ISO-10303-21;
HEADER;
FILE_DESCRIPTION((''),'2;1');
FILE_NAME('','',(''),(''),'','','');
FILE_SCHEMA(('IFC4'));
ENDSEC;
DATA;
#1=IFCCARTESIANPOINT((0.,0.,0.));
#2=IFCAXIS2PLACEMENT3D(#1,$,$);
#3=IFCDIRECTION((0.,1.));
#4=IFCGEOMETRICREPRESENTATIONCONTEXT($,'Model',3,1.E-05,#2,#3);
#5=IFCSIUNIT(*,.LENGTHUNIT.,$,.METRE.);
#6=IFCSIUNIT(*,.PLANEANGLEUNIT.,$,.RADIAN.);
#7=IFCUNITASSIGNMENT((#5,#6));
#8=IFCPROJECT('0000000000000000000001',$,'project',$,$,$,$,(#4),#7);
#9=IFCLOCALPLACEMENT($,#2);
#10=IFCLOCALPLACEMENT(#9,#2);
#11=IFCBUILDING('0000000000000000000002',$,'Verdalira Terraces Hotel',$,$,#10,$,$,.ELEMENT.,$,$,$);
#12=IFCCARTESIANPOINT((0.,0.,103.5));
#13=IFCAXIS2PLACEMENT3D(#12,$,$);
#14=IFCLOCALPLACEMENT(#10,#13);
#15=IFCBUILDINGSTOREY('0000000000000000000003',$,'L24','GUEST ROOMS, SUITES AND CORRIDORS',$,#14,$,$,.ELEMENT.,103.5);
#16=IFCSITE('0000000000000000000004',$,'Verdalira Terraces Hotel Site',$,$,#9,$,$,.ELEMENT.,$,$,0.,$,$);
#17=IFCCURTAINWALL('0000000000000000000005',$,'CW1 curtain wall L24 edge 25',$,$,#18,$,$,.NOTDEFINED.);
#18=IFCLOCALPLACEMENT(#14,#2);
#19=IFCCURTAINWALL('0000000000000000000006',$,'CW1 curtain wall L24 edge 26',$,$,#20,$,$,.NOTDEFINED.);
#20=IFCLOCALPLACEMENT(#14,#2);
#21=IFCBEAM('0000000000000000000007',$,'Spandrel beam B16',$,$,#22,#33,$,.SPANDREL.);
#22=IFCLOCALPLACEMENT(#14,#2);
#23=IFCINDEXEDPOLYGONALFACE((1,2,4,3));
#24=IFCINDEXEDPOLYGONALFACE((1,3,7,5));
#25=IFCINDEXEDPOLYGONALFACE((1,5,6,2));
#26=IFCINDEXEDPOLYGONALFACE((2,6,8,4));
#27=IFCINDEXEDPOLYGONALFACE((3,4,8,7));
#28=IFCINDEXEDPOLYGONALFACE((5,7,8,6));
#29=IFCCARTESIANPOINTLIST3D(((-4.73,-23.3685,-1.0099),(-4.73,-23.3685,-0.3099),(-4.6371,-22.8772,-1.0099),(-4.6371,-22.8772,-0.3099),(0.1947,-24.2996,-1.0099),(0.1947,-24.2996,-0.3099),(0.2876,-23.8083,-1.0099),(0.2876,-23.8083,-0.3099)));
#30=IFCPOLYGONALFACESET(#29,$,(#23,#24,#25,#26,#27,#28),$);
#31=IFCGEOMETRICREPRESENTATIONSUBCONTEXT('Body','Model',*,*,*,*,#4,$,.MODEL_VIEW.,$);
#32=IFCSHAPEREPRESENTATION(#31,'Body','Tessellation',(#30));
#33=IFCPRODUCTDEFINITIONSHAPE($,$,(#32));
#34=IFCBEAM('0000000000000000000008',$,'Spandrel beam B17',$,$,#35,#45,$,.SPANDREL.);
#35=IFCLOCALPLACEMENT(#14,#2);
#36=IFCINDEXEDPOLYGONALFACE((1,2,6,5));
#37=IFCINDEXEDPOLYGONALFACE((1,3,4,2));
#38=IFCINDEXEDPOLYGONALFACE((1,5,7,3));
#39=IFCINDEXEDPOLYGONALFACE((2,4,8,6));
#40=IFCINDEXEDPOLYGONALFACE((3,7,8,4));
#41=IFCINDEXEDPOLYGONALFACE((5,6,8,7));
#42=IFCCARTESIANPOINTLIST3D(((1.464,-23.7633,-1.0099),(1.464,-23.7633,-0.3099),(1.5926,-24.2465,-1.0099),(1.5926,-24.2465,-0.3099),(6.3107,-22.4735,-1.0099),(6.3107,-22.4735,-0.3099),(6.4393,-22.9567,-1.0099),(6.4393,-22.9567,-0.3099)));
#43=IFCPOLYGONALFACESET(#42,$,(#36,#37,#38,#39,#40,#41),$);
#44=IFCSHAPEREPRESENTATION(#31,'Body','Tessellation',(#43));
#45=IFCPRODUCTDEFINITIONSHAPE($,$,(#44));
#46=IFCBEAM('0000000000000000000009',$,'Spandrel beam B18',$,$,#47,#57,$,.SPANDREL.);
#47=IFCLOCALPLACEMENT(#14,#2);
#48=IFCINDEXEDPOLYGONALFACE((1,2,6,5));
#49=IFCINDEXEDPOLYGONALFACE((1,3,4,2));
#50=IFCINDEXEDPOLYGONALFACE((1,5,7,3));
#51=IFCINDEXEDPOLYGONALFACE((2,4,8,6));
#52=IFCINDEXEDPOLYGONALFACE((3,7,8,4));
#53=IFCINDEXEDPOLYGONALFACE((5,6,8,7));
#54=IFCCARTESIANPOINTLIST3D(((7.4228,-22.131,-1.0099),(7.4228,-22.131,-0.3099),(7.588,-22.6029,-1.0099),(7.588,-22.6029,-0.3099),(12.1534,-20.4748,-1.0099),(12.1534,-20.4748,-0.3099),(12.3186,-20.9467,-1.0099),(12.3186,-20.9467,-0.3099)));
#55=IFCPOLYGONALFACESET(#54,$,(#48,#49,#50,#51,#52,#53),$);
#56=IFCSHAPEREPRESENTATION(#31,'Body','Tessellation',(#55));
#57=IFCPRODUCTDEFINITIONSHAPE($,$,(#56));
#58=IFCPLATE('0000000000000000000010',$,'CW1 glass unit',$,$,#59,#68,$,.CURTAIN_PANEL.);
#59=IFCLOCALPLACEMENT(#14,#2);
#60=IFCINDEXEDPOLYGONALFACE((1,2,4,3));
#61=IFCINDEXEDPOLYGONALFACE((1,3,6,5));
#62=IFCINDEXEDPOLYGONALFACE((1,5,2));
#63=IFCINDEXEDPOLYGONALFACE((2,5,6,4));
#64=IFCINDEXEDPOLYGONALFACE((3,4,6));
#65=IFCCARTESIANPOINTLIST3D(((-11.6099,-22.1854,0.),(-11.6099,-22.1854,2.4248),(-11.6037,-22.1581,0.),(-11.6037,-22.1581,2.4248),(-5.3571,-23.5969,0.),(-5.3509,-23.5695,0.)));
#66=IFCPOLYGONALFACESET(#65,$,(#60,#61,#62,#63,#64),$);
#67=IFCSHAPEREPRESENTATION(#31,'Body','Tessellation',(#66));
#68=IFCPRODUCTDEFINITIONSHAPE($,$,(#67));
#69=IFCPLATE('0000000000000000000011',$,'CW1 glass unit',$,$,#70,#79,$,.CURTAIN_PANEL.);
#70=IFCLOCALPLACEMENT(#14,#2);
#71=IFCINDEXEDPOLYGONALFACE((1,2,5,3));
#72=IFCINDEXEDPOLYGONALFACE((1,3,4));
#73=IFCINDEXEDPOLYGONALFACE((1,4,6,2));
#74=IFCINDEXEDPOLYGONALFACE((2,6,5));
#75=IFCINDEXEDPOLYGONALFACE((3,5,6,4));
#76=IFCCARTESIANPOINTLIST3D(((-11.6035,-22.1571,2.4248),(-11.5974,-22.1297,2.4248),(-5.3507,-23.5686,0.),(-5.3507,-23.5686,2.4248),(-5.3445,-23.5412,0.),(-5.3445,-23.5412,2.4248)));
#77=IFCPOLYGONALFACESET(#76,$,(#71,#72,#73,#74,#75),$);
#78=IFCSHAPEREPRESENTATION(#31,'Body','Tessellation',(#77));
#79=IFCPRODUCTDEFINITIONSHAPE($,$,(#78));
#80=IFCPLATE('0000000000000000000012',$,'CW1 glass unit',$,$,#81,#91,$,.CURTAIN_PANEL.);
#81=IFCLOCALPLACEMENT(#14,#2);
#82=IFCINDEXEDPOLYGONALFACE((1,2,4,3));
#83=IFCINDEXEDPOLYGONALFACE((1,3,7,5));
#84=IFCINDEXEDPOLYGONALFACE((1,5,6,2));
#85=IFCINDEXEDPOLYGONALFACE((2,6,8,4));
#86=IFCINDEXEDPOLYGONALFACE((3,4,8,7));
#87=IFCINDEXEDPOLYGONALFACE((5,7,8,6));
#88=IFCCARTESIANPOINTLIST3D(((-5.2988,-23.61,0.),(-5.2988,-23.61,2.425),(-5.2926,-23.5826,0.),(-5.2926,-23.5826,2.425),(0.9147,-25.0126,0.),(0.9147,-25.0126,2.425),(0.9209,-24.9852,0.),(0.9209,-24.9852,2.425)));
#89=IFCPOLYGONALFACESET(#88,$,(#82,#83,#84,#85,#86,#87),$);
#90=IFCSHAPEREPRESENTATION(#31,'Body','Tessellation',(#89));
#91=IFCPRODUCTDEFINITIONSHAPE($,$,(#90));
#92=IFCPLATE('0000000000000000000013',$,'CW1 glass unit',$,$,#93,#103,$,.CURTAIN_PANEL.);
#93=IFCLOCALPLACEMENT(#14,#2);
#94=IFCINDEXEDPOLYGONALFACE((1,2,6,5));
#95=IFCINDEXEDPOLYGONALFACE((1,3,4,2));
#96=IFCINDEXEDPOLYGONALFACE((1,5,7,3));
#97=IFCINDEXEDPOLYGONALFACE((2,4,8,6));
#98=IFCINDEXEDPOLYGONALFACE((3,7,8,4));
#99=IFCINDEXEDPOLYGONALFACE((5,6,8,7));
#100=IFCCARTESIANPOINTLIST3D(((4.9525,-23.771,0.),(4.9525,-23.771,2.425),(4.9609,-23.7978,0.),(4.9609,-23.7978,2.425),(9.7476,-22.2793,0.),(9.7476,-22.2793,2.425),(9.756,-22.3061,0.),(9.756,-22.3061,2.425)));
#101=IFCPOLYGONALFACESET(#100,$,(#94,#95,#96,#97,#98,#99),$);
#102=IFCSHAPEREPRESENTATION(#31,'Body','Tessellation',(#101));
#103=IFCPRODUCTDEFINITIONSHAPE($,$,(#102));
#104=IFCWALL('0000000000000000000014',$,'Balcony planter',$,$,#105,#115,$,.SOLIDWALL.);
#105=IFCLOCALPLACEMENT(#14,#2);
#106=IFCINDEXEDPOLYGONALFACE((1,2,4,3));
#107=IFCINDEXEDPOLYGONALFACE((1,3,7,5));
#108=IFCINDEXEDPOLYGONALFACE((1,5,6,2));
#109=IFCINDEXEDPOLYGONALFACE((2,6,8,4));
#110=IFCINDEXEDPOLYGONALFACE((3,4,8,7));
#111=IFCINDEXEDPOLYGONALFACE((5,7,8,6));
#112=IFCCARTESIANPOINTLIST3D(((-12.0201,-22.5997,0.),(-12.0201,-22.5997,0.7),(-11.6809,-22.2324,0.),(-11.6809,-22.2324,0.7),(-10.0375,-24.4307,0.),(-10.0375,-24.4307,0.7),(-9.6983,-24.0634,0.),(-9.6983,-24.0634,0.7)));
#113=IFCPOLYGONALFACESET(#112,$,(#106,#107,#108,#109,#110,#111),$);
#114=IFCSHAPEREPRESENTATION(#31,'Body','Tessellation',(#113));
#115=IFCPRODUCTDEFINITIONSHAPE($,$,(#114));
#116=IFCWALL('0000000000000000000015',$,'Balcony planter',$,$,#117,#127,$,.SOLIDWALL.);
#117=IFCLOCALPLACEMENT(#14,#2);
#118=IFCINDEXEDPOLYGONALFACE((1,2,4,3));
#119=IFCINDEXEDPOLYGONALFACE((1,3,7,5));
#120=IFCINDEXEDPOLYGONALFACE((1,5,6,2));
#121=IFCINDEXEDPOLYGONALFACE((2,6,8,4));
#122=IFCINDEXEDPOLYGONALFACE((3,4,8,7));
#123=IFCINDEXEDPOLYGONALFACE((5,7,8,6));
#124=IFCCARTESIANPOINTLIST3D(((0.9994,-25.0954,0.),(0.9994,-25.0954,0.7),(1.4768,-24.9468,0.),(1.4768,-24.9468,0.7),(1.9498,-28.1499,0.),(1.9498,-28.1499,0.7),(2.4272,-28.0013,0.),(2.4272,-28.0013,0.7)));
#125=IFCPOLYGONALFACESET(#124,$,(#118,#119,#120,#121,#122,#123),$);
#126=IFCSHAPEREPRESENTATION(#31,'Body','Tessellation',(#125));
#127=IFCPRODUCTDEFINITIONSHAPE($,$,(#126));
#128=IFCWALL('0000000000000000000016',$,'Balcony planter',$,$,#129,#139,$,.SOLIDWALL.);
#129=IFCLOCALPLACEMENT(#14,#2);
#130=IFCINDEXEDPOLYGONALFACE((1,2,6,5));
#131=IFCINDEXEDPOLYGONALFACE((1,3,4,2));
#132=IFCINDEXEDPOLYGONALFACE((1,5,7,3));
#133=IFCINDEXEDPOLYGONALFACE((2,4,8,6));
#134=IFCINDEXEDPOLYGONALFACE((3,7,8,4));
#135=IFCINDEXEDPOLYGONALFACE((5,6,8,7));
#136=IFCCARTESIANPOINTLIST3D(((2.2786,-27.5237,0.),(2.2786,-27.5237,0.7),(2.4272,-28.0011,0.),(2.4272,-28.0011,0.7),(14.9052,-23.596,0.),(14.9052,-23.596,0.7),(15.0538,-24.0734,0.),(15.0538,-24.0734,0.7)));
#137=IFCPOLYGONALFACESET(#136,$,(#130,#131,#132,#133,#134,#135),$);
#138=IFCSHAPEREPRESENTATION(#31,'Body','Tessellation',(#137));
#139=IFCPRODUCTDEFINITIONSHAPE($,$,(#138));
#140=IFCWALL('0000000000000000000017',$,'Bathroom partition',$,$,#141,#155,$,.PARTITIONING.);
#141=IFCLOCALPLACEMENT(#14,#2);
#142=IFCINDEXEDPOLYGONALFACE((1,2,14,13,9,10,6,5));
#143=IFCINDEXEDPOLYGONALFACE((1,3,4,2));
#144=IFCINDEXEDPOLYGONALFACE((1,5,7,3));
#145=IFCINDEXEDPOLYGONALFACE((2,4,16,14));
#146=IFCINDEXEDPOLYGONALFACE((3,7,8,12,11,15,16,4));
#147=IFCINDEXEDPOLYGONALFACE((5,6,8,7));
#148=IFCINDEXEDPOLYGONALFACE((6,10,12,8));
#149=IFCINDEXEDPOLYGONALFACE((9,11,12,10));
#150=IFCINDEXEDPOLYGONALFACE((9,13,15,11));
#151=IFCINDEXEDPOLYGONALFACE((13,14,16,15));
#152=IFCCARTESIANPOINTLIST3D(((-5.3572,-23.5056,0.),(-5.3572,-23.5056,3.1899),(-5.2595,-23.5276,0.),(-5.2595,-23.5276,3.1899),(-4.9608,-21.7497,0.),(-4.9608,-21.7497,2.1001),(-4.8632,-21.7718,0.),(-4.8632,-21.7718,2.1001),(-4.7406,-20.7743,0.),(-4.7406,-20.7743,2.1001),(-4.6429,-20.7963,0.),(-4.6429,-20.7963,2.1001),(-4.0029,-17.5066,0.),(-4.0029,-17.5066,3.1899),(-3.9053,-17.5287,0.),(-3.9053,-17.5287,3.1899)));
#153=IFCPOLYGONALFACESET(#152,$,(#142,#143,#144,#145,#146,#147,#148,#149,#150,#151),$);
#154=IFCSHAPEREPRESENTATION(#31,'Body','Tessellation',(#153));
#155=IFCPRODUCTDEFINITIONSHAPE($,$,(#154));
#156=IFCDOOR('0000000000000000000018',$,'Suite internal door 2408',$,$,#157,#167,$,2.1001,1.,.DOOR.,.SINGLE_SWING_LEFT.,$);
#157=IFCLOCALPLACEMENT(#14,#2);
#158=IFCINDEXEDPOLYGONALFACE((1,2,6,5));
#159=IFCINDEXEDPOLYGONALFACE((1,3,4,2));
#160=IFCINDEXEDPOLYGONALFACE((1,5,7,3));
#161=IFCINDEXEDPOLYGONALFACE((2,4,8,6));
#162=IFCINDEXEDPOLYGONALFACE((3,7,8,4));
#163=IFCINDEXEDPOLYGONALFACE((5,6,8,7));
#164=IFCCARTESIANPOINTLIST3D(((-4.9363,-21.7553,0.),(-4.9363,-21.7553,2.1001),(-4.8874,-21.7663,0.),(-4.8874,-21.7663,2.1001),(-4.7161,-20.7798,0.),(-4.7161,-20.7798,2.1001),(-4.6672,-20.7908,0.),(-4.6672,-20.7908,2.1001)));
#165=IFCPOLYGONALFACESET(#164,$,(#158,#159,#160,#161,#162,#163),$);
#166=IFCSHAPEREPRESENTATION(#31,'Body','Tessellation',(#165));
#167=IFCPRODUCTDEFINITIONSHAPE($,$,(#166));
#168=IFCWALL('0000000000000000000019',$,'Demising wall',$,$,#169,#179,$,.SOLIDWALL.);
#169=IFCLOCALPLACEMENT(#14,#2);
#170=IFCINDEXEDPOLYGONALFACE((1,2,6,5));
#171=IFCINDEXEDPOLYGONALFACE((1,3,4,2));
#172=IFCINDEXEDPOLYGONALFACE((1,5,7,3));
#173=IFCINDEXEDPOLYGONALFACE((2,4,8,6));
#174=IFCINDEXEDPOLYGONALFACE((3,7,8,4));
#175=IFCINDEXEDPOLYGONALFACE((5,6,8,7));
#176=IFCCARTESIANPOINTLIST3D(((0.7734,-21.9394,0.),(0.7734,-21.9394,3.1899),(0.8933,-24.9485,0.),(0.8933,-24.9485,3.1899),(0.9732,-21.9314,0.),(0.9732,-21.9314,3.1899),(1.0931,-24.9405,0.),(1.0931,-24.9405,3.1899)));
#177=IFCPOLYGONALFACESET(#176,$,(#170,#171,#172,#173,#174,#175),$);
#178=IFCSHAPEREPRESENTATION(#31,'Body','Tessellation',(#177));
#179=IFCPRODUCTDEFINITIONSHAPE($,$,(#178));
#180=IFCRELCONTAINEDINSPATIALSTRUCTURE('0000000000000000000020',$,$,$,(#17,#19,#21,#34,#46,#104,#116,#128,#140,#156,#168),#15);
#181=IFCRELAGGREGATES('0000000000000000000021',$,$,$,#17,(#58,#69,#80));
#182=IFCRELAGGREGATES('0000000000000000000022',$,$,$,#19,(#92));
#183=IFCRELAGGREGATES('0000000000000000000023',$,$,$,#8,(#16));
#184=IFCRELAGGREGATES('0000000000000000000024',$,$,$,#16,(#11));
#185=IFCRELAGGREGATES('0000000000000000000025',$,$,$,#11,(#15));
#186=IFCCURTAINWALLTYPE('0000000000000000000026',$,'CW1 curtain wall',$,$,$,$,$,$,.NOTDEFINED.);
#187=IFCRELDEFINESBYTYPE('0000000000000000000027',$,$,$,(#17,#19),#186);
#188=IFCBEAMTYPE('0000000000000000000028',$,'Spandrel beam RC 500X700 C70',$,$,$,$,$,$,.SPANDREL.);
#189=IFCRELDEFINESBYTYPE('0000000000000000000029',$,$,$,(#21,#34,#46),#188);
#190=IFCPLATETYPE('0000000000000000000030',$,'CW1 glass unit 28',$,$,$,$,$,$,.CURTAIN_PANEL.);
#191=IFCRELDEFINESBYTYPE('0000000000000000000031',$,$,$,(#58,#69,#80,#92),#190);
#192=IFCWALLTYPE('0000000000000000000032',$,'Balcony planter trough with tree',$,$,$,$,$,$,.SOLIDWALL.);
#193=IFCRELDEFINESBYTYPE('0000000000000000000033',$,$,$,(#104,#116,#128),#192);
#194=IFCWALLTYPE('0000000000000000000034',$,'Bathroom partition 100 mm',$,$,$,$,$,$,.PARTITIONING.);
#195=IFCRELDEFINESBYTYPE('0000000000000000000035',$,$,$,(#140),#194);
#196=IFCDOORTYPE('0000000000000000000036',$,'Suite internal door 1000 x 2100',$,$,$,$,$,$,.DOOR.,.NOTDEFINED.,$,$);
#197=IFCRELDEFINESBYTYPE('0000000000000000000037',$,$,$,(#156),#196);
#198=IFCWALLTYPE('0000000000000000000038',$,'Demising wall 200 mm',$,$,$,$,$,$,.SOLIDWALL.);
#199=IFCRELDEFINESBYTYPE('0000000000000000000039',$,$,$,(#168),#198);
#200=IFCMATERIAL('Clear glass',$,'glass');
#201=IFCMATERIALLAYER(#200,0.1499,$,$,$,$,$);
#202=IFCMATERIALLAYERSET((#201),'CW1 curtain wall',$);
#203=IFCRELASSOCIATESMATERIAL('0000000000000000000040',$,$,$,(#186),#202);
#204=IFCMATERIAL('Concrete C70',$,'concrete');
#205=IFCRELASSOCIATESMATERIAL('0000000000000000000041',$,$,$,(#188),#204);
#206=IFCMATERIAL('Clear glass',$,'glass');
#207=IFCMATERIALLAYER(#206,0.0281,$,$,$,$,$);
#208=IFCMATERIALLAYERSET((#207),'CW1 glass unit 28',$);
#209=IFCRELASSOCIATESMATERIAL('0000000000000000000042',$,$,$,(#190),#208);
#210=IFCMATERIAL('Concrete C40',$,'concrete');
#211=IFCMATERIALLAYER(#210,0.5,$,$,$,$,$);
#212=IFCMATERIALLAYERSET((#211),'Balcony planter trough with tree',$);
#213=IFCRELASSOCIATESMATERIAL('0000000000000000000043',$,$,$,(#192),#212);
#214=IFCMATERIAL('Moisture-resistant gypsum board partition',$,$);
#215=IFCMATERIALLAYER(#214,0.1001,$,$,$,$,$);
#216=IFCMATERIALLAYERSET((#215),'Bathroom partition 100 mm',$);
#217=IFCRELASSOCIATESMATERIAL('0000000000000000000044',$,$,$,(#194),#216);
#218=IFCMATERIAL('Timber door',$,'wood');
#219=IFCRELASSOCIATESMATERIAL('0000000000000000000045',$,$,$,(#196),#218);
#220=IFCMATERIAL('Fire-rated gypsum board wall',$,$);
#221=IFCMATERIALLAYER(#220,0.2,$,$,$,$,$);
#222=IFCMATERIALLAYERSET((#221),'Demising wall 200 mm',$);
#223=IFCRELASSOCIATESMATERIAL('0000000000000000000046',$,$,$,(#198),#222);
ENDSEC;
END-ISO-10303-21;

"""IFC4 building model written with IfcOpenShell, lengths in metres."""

from ifc_helpers import new_model, si_unit, direction, frame, frame_2d, origin, origin_2d, place, context, subcontext, project, spatial, polyline, rectangle, outline, extrude, material, layer, layer_set, material_profile, profile_set, type_object, element, fill, aggregate, save


model = new_model("IFC4")

# Units and contexts
model_context = context("Model", 3, precision=1e-05, world=origin(), true_north=direction((0.0, 1.0)))
body_context = subcontext(model_context, "Body", "Model", "MODEL_VIEW")
ifc_project = project(units=[si_unit("LENGTHUNIT", "METRE"), si_unit("PLANEANGLEUNIT", "RADIAN")], contexts=[model_context])

# Site, building, storey
site_placement = place(None, origin())
site = spatial("IfcSite", under=ifc_project, at=site_placement, Name="Verdalira Terraces Hotel Site", CompositionType="ELEMENT", RefElevation=0.0)
building_placement = place(site_placement, origin())
building = spatial("IfcBuilding", under=site, at=building_placement, Name="Verdalira Terraces Hotel", CompositionType="ELEMENT")
storey_placement = place(building_placement, frame((0.0, 0.0, 103.5)))
storey = spatial("IfcBuildingStorey", under=building, at=storey_placement, Name="L24", Description="GUEST ROOMS, SUITES AND CORRIDORS", CompositionType="ELEMENT", Elevation=103.5)

# Curtain walls
ifc_material_1 = material(Name="Clear glass", Category="glass")
ifc_layer_1 = layer(ifc_material_1, 0.1499)
ifc_layer_set_1 = layer_set([ifc_layer_1], Name="CW1 curtain wall")
curtain_wall_type = type_object("IfcCurtainWallType", Name="CW1 curtain wall", PredefinedType="NOTDEFINED", material=ifc_layer_set_1)
curtain_wall_1_placement = place(storey_placement, origin())
curtain_wall_1 = element("IfcCurtainWall", 1, at=curtain_wall_1_placement, inside=storey, type_object=curtain_wall_type, Name="CW1 curtain wall L24 edge 25", PredefinedType="NOTDEFINED")
curtain_wall_2_placement = place(storey_placement, origin())
curtain_wall_2 = element("IfcCurtainWall", 2, at=curtain_wall_2_placement, inside=storey, type_object=curtain_wall_type, Name="CW1 curtain wall L24 edge 26", PredefinedType="NOTDEFINED")

# Beams
ifc_material_2 = material(Name="Concrete C70", Category="concrete")
ifc_material_profile_1 = material_profile(ifc_material_2, rectangle(XDim=0.5, YDim=0.7, at=origin_2d()), Name="RC 500X700")
ifc_profile_set_1 = profile_set([ifc_material_profile_1], Name="Concrete C70")
beam_type_1 = type_object("IfcBeamType", Name="Spandrel beam RC 500X700 C70", PredefinedType="SPANDREL", material=ifc_profile_set_1)
beam_1_placement = place(storey_placement, frame((-4.6836, -23.1228, -0.6599), z_axis=(0.982591, -0.185782, 0.0), x_axis=(0.185782, 0.982591, 0.0)))
element("IfcBeam", 3, at=beam_1_placement, inside=storey, type_object=beam_type_1, Name="Spandrel beam B16", PredefinedType="SPANDREL", context=body_context, shape_type="SweptSolid", body=[
    extrude(rectangle(XDim=0.5, YDim=0.7, at=origin_2d()), origin(), (0.0, 0.0, 1.0), 5.012),
])
beam_2_placement = place(storey_placement, frame((1.5283, -24.0049, -0.6599), z_axis=(0.966367, 0.257169, 0.0), x_axis=(-0.257169, 0.966367, 0.0)))
element("IfcBeam", 4, at=beam_2_placement, inside=storey, type_object=beam_type_1, Name="Spandrel beam B17", PredefinedType="SPANDREL", context=body_context, shape_type="SweptSolid", body=[
    extrude(rectangle(XDim=0.5, YDim=0.7, at=origin_2d()), origin(), (0.0, 0.0, 1.0), 5.0154),
])
beam_3_placement = place(storey_placement, frame((7.5054, -22.3669, -0.6599), z_axis=(0.943827, 0.330439, 0.0), x_axis=(-0.330439, 0.943827, 0.0)))
element("IfcBeam", 5, at=beam_3_placement, inside=storey, type_object=beam_type_1, Name="Spandrel beam B18", PredefinedType="SPANDREL", context=body_context, shape_type="SweptSolid", body=[
    extrude(rectangle(XDim=0.5, YDim=0.7, at=origin_2d()), origin(), (0.0, 0.0, 1.0), 5.0122),
])

# Plates
ifc_material_3 = material(Name="Clear glass", Category="glass")
ifc_layer_2 = layer(ifc_material_3, 0.0281)
ifc_layer_set_2 = layer_set([ifc_layer_2], Name="CW1 glass unit 28")
plate_type = type_object("IfcPlateType", Name="CW1 glass unit 28", PredefinedType="CURTAIN_PANEL", material=ifc_layer_set_2)
plate_1_placement = place(storey_placement, frame((-8.4773, -22.8638, 1.2124), z_axis=(-0.220187, -0.975458, 0.0), x_axis=(0.975458, -0.220187, 0.0)))
plate_1 = element("IfcPlate", 6, at=plate_1_placement, type_object=plate_type, Name="CW1 glass unit", PredefinedType="CURTAIN_PANEL", context=body_context, shape_type="SweptSolid", body=[
    extrude(outline(polyline([(-3.2051, -1.2124), (3.2051, -1.2124), (-3.2051, 1.2124), (-3.2051, -1.2124)])), origin(), (0.0, 0.0, 1.0), 0.0281),
])
plate_2_placement = place(storey_placement, frame((-8.4709, -22.8354, 1.2124), z_axis=(-0.220187, -0.975458, 0.0), x_axis=(0.975458, -0.220187, 0.0)))
plate_2 = element("IfcPlate", 7, at=plate_2_placement, type_object=plate_type, Name="CW1 glass unit", PredefinedType="CURTAIN_PANEL", context=body_context, shape_type="SweptSolid", body=[
    extrude(outline(polyline([(3.2051, -1.2124), (3.2051, 1.2124), (-3.2051, 1.2124), (3.2051, -1.2124)])), origin(), (0.0, 0.0, 1.0), 0.0281),
])
plate_3_placement = place(storey_placement, frame((-2.189, -24.2976, 0.0), z_axis=(0.0, 0.0, 1.0), x_axis=(0.975458, -0.220187, 0.0)))
plate_3 = element("IfcPlate", 8, at=plate_3_placement, type_object=plate_type, Name="CW1 glass unit", PredefinedType="CURTAIN_PANEL", context=body_context, shape_type="SweptSolid", body=[
    extrude(rectangle(XDim=6.3699, YDim=0.0281, at=origin_2d()), origin(), (0.0, 0.0, 1.0), 2.425),
])
aggregate(curtain_wall_1, [plate_1, plate_2, plate_3])
plate_4_placement = place(storey_placement, frame((7.3542, -23.0386, 0.0), z_axis=(0.0, 0.0, 1.0), x_axis=(0.954865, 0.297042, 0.0)))
plate_4 = element("IfcPlate", 9, at=plate_4_placement, type_object=plate_type, Name="CW1 glass unit", PredefinedType="CURTAIN_PANEL", context=body_context, shape_type="SweptSolid", body=[
    extrude(rectangle(XDim=5.0217, YDim=0.0281, at=origin_2d()), origin(), (0.0, 0.0, 1.0), 2.425),
])
aggregate(curtain_wall_2, [plate_4])

# Walls
ifc_material_4 = material(Name="Concrete C40", Category="concrete")
ifc_layer_3 = layer(ifc_material_4, 0.5)
ifc_layer_set_3 = layer_set([ifc_layer_3], Name="Balcony planter trough with tree")
wall_type_1 = type_object("IfcWallType", Name="Balcony planter trough with tree", PredefinedType="SOLIDWALL", material=ifc_layer_set_3)
wall_1_placement = place(storey_placement, frame((-9.8679, -24.2471, 0.0), z_axis=(0.0, 0.0, 1.0), x_axis=(-0.734637, 0.67846, 0.0)))
element("IfcWall", 10, at=wall_1_placement, inside=storey, type_object=wall_type_1, Name="Balcony planter", PredefinedType="SOLIDWALL", context=body_context, shape_type="SweptSolid", body=[
    extrude(rectangle(XDim=2.6987, YDim=0.5, at=frame_2d((1.3494, 0.0))), origin(), (0.0, 0.0, 1.0), 0.7),
])
wall_2_placement = place(storey_placement, frame((1.238, -25.021, 0.0), z_axis=(0.0, 0.0, 1.0), x_axis=(0.297114, -0.954842, 0.0)))
element("IfcWall", 11, at=wall_2_placement, inside=storey, type_object=wall_type_1, Name="Balcony planter", PredefinedType="SOLIDWALL", context=body_context, shape_type="SweptSolid", body=[
    extrude(rectangle(XDim=3.199, YDim=0.5, at=frame_2d((1.5996, 0.0))), origin(), (0.0, 0.0, 1.0), 0.7),
])
wall_3_placement = place(storey_placement, frame((2.3528, -27.7625, 0.0), z_axis=(0.0, 0.0, 1.0), x_axis=(0.954869, 0.297027, 0.0)))
element("IfcWall", 12, at=wall_3_placement, inside=storey, type_object=wall_type_1, Name="Balcony planter", PredefinedType="SOLIDWALL", context=body_context, shape_type="SweptSolid", body=[
    extrude(rectangle(XDim=13.2234, YDim=0.5, at=frame_2d((6.6118, 0.0))), origin(), (0.0, 0.0, 1.0), 0.7),
])

# Wall, opening, door
ifc_material_5 = material(Name="Moisture-resistant gypsum board partition")
ifc_layer_4 = layer(ifc_material_5, 0.1001)
ifc_layer_set_4 = layer_set([ifc_layer_4], Name="Bathroom partition 100 mm")
wall_type_2 = type_object("IfcWallType", Name="Bathroom partition 100 mm", PredefinedType="PARTITIONING", material=ifc_layer_set_4)
wall_4_placement = place(storey_placement, frame((-5.3083, -23.5166, 0.0), z_axis=(0.0, 0.0, 1.0), x_axis=(0.220204, 0.975454, 0.0)))
wall_4 = element("IfcWall", 13, at=wall_4_placement, inside=storey, type_object=wall_type_2, Name="Bathroom partition", PredefinedType="PARTITIONING", context=body_context, shape_type="SweptSolid", body=[
    extrude(rectangle(XDim=6.1499, YDim=0.1001, at=frame_2d((3.075, 0.0))), origin(), (0.0, 0.0, 1.0), 3.1899),
])
opening_1_placement = place(wall_4_placement, frame((1.8, 0.0, 0.0)))
opening_1 = element("IfcOpeningElement", 14, at=opening_1_placement, cuts=wall_4, PredefinedType="OPENING", context=body_context, shape_type="SweptSolid", body=[
    extrude(rectangle(XDim=1.0, YDim=2.1001, at=frame_2d((0.5, 1.05))), frame((0.0, 0.0601, 0.0), z_axis=(0.0, -1.0, 0.0), x_axis=(1.0, 0.0, 0.0)), (0.0, 0.0, 1.0), 0.1201),
])
ifc_material_6 = material(Name="Timber door", Category="wood")
door_type_1 = type_object("IfcDoorType", Name="Suite internal door 1000 x 2100", OperationType="NOTDEFINED", PredefinedType="DOOR", material=ifc_material_6)
door_1_placement = place(opening_1_placement, origin())
door_1 = element("IfcDoor", 15, at=door_1_placement, inside=storey, type_object=door_type_1, Name="Suite internal door 2408", OperationType="SINGLE_SWING_LEFT", OverallHeight=2.1001, OverallWidth=1.0, PredefinedType="DOOR", context=body_context, shape_type="SweptSolid", body=[
    extrude(rectangle(XDim=1.0, YDim=2.1001, at=frame_2d((0.5, 1.05))), frame((0.0, 0.0249, 0.0), z_axis=(0.0, -1.0, 0.0), x_axis=(1.0, 0.0, 0.0)), (0.0, 0.0, 1.0), 0.05),
])
fill(opening_1, door_1)

# Wall
ifc_material_7 = material(Name="Fire-rated gypsum board wall")
ifc_layer_5 = layer(ifc_material_7, 0.2)
ifc_layer_set_5 = layer_set([ifc_layer_5], Name="Demising wall 200 mm")
wall_type_3 = type_object("IfcWallType", Name="Demising wall 200 mm", PredefinedType="SOLIDWALL", material=ifc_layer_set_5)
wall_5_placement = place(storey_placement, frame((0.8733, -21.9353, 0.0), z_axis=(0.0, 0.0, 1.0), x_axis=(0.039806, -0.999207, 0.0)))
element("IfcWall", 16, at=wall_5_placement, inside=storey, type_object=wall_type_3, Name="Demising wall", PredefinedType="SOLIDWALL", context=body_context, shape_type="SweptSolid", body=[
    extrude(rectangle(XDim=3.0115, YDim=0.2, at=frame_2d((1.5059, 0.0))), origin(), (0.0, 0.0, 1.0), 3.1899),
])

save(model, "model.ifc")
